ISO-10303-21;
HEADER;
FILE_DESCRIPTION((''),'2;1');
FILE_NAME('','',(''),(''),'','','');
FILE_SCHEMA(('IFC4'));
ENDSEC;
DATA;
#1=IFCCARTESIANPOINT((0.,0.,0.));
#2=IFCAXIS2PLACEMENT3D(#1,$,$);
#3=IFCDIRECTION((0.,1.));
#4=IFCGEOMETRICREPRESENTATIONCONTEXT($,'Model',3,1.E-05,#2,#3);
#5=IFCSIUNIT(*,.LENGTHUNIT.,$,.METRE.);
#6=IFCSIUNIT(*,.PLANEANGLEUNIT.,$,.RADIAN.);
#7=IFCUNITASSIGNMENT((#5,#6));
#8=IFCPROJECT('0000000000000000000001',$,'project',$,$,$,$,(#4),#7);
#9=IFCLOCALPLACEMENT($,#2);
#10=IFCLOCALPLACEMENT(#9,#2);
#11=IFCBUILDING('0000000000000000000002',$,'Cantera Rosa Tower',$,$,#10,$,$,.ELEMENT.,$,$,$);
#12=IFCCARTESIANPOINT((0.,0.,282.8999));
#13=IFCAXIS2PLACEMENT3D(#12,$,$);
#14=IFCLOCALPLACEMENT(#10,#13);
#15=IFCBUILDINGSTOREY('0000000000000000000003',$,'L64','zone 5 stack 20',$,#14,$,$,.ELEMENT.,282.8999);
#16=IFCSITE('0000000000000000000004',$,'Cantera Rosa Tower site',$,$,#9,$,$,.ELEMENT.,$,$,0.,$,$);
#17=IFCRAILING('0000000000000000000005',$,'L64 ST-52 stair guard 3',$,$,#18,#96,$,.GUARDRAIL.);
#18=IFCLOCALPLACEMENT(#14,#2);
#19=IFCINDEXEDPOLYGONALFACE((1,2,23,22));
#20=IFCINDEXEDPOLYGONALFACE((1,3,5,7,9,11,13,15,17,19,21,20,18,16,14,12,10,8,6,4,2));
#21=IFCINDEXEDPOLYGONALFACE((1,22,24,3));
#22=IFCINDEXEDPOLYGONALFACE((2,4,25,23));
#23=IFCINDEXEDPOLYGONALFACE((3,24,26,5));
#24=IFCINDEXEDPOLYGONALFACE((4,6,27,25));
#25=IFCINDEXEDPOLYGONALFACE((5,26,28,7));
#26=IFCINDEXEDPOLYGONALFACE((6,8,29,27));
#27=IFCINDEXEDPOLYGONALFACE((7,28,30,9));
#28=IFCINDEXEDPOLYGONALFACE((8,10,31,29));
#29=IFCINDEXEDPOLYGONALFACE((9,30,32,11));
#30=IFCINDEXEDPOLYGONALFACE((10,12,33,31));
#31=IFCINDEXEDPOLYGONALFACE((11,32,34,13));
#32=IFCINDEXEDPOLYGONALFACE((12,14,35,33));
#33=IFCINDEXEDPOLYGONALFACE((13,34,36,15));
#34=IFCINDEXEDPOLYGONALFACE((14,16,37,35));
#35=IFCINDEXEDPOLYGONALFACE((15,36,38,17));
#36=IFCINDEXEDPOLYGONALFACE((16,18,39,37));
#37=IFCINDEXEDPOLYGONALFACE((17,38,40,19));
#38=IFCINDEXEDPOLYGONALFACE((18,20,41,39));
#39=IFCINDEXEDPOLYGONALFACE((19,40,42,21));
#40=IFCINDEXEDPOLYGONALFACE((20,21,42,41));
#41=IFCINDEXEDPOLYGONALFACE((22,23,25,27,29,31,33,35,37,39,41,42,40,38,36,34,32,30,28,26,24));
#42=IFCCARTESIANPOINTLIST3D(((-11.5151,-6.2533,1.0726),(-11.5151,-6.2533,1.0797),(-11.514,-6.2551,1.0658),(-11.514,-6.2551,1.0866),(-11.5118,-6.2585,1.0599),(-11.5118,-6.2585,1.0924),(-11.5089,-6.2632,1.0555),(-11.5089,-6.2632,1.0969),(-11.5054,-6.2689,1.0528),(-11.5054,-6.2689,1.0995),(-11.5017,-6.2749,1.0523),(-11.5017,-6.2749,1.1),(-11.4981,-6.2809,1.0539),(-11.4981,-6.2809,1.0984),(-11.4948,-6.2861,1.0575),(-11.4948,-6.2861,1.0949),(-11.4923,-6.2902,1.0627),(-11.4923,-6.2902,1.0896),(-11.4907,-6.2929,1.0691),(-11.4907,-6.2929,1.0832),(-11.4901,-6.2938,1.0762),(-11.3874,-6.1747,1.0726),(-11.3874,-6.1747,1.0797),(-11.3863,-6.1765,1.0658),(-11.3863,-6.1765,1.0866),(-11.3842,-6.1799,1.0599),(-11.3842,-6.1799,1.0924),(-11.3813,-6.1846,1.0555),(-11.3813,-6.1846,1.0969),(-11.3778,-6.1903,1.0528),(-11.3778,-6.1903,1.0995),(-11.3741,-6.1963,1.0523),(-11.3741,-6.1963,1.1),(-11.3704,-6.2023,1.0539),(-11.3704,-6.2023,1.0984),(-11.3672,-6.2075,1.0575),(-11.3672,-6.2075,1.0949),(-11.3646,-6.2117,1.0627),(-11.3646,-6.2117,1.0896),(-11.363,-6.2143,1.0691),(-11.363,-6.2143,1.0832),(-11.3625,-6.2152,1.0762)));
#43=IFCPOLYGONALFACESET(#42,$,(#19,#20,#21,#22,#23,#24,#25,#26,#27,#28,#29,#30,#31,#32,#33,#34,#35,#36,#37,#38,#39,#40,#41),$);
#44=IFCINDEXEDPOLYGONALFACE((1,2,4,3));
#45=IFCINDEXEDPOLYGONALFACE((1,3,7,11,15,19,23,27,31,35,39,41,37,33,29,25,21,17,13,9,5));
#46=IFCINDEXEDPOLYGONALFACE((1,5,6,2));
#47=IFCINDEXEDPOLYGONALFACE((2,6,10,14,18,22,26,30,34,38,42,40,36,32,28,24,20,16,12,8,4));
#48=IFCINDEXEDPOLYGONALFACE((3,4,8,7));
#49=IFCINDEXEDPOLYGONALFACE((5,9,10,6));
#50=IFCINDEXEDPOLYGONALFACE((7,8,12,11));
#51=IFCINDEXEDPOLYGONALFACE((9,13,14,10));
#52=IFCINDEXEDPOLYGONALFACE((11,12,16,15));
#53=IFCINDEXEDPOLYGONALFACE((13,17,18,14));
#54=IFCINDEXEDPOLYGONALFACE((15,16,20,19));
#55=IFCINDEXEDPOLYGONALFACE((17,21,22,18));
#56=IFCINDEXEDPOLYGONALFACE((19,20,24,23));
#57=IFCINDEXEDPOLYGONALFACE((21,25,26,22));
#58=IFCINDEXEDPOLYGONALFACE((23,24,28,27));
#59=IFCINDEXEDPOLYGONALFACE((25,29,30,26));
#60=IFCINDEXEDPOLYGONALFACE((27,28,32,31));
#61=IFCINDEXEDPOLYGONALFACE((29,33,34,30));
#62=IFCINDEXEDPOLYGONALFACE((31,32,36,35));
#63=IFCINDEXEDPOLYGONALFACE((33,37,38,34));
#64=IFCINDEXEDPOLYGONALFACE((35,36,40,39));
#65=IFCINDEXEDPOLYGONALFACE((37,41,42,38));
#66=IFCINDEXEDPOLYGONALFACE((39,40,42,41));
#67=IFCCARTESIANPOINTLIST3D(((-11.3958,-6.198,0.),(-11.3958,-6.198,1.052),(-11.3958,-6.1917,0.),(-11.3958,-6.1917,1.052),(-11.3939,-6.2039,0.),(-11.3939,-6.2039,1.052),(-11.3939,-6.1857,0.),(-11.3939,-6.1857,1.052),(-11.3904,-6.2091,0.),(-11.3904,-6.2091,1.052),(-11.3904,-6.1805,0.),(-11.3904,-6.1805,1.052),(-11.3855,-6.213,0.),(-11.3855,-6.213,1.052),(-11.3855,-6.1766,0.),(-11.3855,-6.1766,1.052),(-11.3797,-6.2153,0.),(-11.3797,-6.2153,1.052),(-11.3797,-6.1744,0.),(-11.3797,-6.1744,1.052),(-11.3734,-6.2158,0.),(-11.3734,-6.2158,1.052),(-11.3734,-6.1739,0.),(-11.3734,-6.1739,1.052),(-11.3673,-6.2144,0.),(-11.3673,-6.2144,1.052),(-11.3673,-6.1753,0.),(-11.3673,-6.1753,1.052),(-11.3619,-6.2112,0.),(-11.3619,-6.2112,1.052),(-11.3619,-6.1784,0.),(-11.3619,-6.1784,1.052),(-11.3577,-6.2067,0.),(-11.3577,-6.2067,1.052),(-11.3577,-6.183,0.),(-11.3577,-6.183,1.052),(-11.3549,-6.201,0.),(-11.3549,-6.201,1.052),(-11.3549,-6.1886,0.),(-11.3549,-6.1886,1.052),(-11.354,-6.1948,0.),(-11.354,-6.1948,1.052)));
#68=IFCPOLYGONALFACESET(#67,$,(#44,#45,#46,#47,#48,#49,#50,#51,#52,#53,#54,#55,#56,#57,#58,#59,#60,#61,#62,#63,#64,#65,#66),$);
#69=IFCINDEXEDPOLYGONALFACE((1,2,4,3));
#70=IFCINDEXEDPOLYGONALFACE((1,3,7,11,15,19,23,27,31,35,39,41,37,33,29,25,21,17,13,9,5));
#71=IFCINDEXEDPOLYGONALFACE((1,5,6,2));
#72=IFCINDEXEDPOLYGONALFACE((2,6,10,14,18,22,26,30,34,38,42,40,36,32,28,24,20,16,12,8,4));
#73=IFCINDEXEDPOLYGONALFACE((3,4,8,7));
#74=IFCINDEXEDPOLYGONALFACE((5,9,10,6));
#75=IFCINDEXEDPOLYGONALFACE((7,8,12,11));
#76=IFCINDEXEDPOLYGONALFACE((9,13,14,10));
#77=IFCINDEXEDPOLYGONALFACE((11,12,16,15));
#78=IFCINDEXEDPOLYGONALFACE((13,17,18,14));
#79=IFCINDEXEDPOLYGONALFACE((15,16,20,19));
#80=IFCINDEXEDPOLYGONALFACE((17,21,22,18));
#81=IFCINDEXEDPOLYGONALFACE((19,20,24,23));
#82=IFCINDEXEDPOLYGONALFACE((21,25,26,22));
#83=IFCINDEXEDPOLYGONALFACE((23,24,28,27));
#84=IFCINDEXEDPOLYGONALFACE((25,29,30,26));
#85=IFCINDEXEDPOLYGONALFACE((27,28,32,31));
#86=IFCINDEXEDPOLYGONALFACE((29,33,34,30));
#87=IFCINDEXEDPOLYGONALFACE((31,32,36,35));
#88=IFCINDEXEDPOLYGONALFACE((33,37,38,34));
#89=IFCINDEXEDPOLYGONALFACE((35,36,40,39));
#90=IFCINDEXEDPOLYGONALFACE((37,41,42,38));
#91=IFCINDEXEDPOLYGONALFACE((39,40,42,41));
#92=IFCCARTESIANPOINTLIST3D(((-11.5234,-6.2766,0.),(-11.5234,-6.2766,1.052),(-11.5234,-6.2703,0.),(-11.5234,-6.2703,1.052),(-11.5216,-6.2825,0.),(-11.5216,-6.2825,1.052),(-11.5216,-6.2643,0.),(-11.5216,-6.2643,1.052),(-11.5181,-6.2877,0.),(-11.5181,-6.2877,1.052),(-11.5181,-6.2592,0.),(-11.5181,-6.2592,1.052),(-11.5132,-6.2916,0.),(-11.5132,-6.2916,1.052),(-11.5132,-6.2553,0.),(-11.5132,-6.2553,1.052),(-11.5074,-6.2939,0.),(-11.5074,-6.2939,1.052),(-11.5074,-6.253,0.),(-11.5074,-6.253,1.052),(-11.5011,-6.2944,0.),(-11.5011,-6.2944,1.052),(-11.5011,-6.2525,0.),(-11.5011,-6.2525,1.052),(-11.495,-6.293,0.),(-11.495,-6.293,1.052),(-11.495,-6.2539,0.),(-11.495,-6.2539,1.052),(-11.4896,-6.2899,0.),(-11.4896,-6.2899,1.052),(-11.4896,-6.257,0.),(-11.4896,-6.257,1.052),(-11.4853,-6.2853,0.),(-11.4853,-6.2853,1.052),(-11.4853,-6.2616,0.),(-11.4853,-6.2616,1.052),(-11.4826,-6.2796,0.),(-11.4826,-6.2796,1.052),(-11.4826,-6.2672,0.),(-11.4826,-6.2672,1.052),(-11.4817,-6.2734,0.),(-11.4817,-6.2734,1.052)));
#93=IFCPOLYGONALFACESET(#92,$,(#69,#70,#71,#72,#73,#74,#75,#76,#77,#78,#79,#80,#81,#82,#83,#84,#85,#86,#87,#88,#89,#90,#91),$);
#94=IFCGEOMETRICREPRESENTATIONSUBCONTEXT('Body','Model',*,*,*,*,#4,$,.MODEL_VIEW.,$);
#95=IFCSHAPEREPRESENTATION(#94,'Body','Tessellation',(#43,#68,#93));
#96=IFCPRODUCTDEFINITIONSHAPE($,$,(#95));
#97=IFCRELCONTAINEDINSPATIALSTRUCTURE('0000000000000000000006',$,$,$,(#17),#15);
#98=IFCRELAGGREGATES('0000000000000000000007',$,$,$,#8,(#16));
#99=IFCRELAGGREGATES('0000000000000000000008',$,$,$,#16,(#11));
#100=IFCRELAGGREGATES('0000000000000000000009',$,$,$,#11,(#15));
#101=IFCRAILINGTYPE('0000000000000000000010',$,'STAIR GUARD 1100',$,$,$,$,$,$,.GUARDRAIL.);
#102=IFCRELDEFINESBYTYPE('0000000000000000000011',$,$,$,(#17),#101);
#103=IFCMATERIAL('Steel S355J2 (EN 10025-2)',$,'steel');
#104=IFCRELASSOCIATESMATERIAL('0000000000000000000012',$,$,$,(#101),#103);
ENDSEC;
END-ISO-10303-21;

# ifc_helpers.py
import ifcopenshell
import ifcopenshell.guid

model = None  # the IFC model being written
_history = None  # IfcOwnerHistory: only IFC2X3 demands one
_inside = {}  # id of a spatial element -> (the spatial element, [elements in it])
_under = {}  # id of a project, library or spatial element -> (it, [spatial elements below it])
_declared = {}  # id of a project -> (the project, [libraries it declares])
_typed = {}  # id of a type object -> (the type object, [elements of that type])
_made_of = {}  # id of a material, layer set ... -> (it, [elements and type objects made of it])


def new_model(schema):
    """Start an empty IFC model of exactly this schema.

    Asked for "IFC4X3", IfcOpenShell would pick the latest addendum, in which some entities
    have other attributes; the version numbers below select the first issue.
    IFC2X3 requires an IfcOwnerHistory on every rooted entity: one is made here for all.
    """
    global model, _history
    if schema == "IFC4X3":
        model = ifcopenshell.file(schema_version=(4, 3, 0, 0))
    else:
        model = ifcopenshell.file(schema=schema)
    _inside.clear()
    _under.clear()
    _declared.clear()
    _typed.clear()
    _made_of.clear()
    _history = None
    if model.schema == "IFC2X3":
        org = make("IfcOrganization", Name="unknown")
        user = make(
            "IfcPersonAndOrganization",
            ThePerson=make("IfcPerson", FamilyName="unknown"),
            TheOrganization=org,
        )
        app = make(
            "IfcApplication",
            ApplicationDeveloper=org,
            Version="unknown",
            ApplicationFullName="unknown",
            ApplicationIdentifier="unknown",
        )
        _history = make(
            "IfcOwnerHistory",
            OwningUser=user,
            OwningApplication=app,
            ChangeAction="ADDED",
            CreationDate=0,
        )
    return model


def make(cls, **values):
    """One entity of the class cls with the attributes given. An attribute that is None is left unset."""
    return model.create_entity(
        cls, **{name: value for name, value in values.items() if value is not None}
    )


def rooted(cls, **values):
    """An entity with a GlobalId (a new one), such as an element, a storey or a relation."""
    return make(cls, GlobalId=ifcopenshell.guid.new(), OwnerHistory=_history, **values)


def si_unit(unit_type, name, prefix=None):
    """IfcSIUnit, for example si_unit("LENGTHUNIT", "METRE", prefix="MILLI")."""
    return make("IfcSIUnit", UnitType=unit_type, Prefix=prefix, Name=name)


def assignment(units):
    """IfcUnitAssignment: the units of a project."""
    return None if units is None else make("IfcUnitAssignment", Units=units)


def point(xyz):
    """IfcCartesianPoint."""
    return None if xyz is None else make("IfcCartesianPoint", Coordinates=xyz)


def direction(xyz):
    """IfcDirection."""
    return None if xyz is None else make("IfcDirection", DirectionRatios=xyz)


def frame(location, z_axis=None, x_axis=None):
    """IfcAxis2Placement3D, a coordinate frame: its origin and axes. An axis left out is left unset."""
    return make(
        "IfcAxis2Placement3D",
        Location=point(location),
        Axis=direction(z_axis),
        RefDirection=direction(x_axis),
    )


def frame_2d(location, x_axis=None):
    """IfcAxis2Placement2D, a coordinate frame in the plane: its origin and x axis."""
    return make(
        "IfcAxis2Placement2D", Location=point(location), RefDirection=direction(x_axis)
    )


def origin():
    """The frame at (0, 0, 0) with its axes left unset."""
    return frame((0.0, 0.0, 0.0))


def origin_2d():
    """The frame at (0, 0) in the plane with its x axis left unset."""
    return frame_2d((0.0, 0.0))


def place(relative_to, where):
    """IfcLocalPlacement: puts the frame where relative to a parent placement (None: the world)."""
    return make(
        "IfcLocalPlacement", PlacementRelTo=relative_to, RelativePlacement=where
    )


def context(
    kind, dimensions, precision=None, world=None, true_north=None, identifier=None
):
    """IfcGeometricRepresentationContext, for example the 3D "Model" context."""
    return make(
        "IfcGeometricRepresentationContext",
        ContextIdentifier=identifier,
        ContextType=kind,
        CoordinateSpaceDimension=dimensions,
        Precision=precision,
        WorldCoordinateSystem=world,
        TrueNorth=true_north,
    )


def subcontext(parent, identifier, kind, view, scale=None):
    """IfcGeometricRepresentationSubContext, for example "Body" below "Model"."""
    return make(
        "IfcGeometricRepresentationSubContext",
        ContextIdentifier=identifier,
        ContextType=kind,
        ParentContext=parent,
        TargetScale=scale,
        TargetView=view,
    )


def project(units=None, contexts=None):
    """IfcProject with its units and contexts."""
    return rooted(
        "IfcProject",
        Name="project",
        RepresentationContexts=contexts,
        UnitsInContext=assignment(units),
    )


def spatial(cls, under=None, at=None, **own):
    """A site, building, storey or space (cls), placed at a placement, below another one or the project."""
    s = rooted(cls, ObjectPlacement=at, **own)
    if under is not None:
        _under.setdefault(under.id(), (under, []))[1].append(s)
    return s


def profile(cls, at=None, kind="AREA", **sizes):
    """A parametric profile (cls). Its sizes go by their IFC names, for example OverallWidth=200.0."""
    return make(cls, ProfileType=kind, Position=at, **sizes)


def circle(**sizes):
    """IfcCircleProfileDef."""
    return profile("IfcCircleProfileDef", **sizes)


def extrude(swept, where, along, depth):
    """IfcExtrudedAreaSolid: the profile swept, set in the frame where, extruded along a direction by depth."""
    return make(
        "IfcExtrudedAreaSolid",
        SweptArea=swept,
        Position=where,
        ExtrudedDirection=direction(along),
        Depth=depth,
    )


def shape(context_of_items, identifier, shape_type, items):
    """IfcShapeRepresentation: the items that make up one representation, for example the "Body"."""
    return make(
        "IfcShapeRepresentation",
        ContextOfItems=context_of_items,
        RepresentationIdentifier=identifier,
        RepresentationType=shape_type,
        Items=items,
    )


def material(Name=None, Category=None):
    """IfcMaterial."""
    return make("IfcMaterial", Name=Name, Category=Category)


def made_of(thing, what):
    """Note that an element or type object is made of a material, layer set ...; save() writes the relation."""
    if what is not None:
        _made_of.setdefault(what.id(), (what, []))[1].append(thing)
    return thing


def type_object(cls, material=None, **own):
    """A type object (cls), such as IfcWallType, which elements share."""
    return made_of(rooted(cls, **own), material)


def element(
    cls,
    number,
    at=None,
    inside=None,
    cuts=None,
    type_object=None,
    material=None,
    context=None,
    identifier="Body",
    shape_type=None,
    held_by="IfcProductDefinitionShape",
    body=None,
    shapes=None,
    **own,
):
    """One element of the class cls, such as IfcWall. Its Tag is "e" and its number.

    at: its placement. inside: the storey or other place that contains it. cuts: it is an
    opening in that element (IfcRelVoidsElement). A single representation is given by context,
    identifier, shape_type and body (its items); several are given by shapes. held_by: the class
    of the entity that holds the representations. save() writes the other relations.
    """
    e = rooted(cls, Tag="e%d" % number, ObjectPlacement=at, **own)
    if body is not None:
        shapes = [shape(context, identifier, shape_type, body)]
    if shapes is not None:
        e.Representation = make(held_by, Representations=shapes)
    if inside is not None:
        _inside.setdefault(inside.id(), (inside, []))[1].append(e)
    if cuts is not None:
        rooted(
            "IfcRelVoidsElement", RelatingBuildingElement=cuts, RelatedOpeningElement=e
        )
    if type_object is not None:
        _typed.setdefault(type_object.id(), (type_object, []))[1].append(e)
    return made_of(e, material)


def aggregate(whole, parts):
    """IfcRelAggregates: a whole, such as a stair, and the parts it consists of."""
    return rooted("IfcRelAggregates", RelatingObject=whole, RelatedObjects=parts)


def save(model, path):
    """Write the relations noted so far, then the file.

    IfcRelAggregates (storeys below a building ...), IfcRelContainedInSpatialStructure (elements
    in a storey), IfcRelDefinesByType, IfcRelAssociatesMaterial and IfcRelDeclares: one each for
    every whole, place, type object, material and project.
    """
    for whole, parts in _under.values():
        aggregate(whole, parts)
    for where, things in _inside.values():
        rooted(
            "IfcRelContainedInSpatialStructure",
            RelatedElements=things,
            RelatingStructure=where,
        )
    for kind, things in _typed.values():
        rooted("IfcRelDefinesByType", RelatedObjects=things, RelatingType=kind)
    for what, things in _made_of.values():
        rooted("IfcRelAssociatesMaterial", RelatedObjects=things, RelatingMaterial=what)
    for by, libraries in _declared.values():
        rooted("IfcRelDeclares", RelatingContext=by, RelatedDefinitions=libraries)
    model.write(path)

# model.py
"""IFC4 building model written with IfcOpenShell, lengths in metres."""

from ifc_helpers import new_model, si_unit, direction, frame, origin, origin_2d, place, context, subcontext, project, spatial, circle, extrude, material, type_object, element, save


model = new_model("IFC4")

# Units and contexts
model_context = context("Model", 3, precision=1e-05, world=origin(), true_north=direction((0.0, 1.0)))
body_context = subcontext(model_context, "Body", "Model", "MODEL_VIEW")
ifc_project = project(units=[si_unit("LENGTHUNIT", "METRE"), si_unit("PLANEANGLEUNIT", "RADIAN")], contexts=[model_context])

# Site, building, storey
site_placement = place(None, origin())
site = spatial("IfcSite", under=ifc_project, at=site_placement, Name="Cantera Rosa Tower site", CompositionType="ELEMENT", RefElevation=0.0)
building_placement = place(site_placement, origin())
building = spatial("IfcBuilding", under=site, at=building_placement, Name="Cantera Rosa Tower", CompositionType="ELEMENT")
storey_placement = place(building_placement, frame((0.0, 0.0, 282.8999)))
storey = spatial("IfcBuildingStorey", under=building, at=storey_placement, Name="L64", Description="zone 5 stack 20", CompositionType="ELEMENT", Elevation=282.8999)

# Railing
ifc_material_1 = material(Name="Steel S355J2 (EN 10025-2)", Category="steel")
railing_type_1 = type_object("IfcRailingType", Name="STAIR GUARD 1100", PredefinedType="GUARDRAIL", material=ifc_material_1)
railing_1_placement = place(storey_placement, frame((-11.375, -6.1948, 0.0)))
element("IfcRailing", 1, at=railing_1_placement, inside=storey, type_object=railing_type_1, Name="L64 ST-52 stair guard 3", PredefinedType="GUARDRAIL", context=body_context, shape_type="SweptSolid", body=[
    extrude(circle(Radius=0.0239, at=origin_2d()), frame((0.0, 0.0, 1.0762), z_axis=(-0.851546, -0.524279, 0.0), x_axis=(0.524279, -0.851546, 0.0)), (0.0, 0.0, 1.0), 0.1499),
    extrude(circle(Radius=0.021, at=origin_2d()), origin(), (0.0, 0.0, 1.0), 1.052),
    extrude(circle(Radius=0.021, at=origin_2d()), frame((-0.1277, -0.0786, 0.0)), (0.0, 0.0, 1.0), 1.052),
])

save(model, "model.ifc")
